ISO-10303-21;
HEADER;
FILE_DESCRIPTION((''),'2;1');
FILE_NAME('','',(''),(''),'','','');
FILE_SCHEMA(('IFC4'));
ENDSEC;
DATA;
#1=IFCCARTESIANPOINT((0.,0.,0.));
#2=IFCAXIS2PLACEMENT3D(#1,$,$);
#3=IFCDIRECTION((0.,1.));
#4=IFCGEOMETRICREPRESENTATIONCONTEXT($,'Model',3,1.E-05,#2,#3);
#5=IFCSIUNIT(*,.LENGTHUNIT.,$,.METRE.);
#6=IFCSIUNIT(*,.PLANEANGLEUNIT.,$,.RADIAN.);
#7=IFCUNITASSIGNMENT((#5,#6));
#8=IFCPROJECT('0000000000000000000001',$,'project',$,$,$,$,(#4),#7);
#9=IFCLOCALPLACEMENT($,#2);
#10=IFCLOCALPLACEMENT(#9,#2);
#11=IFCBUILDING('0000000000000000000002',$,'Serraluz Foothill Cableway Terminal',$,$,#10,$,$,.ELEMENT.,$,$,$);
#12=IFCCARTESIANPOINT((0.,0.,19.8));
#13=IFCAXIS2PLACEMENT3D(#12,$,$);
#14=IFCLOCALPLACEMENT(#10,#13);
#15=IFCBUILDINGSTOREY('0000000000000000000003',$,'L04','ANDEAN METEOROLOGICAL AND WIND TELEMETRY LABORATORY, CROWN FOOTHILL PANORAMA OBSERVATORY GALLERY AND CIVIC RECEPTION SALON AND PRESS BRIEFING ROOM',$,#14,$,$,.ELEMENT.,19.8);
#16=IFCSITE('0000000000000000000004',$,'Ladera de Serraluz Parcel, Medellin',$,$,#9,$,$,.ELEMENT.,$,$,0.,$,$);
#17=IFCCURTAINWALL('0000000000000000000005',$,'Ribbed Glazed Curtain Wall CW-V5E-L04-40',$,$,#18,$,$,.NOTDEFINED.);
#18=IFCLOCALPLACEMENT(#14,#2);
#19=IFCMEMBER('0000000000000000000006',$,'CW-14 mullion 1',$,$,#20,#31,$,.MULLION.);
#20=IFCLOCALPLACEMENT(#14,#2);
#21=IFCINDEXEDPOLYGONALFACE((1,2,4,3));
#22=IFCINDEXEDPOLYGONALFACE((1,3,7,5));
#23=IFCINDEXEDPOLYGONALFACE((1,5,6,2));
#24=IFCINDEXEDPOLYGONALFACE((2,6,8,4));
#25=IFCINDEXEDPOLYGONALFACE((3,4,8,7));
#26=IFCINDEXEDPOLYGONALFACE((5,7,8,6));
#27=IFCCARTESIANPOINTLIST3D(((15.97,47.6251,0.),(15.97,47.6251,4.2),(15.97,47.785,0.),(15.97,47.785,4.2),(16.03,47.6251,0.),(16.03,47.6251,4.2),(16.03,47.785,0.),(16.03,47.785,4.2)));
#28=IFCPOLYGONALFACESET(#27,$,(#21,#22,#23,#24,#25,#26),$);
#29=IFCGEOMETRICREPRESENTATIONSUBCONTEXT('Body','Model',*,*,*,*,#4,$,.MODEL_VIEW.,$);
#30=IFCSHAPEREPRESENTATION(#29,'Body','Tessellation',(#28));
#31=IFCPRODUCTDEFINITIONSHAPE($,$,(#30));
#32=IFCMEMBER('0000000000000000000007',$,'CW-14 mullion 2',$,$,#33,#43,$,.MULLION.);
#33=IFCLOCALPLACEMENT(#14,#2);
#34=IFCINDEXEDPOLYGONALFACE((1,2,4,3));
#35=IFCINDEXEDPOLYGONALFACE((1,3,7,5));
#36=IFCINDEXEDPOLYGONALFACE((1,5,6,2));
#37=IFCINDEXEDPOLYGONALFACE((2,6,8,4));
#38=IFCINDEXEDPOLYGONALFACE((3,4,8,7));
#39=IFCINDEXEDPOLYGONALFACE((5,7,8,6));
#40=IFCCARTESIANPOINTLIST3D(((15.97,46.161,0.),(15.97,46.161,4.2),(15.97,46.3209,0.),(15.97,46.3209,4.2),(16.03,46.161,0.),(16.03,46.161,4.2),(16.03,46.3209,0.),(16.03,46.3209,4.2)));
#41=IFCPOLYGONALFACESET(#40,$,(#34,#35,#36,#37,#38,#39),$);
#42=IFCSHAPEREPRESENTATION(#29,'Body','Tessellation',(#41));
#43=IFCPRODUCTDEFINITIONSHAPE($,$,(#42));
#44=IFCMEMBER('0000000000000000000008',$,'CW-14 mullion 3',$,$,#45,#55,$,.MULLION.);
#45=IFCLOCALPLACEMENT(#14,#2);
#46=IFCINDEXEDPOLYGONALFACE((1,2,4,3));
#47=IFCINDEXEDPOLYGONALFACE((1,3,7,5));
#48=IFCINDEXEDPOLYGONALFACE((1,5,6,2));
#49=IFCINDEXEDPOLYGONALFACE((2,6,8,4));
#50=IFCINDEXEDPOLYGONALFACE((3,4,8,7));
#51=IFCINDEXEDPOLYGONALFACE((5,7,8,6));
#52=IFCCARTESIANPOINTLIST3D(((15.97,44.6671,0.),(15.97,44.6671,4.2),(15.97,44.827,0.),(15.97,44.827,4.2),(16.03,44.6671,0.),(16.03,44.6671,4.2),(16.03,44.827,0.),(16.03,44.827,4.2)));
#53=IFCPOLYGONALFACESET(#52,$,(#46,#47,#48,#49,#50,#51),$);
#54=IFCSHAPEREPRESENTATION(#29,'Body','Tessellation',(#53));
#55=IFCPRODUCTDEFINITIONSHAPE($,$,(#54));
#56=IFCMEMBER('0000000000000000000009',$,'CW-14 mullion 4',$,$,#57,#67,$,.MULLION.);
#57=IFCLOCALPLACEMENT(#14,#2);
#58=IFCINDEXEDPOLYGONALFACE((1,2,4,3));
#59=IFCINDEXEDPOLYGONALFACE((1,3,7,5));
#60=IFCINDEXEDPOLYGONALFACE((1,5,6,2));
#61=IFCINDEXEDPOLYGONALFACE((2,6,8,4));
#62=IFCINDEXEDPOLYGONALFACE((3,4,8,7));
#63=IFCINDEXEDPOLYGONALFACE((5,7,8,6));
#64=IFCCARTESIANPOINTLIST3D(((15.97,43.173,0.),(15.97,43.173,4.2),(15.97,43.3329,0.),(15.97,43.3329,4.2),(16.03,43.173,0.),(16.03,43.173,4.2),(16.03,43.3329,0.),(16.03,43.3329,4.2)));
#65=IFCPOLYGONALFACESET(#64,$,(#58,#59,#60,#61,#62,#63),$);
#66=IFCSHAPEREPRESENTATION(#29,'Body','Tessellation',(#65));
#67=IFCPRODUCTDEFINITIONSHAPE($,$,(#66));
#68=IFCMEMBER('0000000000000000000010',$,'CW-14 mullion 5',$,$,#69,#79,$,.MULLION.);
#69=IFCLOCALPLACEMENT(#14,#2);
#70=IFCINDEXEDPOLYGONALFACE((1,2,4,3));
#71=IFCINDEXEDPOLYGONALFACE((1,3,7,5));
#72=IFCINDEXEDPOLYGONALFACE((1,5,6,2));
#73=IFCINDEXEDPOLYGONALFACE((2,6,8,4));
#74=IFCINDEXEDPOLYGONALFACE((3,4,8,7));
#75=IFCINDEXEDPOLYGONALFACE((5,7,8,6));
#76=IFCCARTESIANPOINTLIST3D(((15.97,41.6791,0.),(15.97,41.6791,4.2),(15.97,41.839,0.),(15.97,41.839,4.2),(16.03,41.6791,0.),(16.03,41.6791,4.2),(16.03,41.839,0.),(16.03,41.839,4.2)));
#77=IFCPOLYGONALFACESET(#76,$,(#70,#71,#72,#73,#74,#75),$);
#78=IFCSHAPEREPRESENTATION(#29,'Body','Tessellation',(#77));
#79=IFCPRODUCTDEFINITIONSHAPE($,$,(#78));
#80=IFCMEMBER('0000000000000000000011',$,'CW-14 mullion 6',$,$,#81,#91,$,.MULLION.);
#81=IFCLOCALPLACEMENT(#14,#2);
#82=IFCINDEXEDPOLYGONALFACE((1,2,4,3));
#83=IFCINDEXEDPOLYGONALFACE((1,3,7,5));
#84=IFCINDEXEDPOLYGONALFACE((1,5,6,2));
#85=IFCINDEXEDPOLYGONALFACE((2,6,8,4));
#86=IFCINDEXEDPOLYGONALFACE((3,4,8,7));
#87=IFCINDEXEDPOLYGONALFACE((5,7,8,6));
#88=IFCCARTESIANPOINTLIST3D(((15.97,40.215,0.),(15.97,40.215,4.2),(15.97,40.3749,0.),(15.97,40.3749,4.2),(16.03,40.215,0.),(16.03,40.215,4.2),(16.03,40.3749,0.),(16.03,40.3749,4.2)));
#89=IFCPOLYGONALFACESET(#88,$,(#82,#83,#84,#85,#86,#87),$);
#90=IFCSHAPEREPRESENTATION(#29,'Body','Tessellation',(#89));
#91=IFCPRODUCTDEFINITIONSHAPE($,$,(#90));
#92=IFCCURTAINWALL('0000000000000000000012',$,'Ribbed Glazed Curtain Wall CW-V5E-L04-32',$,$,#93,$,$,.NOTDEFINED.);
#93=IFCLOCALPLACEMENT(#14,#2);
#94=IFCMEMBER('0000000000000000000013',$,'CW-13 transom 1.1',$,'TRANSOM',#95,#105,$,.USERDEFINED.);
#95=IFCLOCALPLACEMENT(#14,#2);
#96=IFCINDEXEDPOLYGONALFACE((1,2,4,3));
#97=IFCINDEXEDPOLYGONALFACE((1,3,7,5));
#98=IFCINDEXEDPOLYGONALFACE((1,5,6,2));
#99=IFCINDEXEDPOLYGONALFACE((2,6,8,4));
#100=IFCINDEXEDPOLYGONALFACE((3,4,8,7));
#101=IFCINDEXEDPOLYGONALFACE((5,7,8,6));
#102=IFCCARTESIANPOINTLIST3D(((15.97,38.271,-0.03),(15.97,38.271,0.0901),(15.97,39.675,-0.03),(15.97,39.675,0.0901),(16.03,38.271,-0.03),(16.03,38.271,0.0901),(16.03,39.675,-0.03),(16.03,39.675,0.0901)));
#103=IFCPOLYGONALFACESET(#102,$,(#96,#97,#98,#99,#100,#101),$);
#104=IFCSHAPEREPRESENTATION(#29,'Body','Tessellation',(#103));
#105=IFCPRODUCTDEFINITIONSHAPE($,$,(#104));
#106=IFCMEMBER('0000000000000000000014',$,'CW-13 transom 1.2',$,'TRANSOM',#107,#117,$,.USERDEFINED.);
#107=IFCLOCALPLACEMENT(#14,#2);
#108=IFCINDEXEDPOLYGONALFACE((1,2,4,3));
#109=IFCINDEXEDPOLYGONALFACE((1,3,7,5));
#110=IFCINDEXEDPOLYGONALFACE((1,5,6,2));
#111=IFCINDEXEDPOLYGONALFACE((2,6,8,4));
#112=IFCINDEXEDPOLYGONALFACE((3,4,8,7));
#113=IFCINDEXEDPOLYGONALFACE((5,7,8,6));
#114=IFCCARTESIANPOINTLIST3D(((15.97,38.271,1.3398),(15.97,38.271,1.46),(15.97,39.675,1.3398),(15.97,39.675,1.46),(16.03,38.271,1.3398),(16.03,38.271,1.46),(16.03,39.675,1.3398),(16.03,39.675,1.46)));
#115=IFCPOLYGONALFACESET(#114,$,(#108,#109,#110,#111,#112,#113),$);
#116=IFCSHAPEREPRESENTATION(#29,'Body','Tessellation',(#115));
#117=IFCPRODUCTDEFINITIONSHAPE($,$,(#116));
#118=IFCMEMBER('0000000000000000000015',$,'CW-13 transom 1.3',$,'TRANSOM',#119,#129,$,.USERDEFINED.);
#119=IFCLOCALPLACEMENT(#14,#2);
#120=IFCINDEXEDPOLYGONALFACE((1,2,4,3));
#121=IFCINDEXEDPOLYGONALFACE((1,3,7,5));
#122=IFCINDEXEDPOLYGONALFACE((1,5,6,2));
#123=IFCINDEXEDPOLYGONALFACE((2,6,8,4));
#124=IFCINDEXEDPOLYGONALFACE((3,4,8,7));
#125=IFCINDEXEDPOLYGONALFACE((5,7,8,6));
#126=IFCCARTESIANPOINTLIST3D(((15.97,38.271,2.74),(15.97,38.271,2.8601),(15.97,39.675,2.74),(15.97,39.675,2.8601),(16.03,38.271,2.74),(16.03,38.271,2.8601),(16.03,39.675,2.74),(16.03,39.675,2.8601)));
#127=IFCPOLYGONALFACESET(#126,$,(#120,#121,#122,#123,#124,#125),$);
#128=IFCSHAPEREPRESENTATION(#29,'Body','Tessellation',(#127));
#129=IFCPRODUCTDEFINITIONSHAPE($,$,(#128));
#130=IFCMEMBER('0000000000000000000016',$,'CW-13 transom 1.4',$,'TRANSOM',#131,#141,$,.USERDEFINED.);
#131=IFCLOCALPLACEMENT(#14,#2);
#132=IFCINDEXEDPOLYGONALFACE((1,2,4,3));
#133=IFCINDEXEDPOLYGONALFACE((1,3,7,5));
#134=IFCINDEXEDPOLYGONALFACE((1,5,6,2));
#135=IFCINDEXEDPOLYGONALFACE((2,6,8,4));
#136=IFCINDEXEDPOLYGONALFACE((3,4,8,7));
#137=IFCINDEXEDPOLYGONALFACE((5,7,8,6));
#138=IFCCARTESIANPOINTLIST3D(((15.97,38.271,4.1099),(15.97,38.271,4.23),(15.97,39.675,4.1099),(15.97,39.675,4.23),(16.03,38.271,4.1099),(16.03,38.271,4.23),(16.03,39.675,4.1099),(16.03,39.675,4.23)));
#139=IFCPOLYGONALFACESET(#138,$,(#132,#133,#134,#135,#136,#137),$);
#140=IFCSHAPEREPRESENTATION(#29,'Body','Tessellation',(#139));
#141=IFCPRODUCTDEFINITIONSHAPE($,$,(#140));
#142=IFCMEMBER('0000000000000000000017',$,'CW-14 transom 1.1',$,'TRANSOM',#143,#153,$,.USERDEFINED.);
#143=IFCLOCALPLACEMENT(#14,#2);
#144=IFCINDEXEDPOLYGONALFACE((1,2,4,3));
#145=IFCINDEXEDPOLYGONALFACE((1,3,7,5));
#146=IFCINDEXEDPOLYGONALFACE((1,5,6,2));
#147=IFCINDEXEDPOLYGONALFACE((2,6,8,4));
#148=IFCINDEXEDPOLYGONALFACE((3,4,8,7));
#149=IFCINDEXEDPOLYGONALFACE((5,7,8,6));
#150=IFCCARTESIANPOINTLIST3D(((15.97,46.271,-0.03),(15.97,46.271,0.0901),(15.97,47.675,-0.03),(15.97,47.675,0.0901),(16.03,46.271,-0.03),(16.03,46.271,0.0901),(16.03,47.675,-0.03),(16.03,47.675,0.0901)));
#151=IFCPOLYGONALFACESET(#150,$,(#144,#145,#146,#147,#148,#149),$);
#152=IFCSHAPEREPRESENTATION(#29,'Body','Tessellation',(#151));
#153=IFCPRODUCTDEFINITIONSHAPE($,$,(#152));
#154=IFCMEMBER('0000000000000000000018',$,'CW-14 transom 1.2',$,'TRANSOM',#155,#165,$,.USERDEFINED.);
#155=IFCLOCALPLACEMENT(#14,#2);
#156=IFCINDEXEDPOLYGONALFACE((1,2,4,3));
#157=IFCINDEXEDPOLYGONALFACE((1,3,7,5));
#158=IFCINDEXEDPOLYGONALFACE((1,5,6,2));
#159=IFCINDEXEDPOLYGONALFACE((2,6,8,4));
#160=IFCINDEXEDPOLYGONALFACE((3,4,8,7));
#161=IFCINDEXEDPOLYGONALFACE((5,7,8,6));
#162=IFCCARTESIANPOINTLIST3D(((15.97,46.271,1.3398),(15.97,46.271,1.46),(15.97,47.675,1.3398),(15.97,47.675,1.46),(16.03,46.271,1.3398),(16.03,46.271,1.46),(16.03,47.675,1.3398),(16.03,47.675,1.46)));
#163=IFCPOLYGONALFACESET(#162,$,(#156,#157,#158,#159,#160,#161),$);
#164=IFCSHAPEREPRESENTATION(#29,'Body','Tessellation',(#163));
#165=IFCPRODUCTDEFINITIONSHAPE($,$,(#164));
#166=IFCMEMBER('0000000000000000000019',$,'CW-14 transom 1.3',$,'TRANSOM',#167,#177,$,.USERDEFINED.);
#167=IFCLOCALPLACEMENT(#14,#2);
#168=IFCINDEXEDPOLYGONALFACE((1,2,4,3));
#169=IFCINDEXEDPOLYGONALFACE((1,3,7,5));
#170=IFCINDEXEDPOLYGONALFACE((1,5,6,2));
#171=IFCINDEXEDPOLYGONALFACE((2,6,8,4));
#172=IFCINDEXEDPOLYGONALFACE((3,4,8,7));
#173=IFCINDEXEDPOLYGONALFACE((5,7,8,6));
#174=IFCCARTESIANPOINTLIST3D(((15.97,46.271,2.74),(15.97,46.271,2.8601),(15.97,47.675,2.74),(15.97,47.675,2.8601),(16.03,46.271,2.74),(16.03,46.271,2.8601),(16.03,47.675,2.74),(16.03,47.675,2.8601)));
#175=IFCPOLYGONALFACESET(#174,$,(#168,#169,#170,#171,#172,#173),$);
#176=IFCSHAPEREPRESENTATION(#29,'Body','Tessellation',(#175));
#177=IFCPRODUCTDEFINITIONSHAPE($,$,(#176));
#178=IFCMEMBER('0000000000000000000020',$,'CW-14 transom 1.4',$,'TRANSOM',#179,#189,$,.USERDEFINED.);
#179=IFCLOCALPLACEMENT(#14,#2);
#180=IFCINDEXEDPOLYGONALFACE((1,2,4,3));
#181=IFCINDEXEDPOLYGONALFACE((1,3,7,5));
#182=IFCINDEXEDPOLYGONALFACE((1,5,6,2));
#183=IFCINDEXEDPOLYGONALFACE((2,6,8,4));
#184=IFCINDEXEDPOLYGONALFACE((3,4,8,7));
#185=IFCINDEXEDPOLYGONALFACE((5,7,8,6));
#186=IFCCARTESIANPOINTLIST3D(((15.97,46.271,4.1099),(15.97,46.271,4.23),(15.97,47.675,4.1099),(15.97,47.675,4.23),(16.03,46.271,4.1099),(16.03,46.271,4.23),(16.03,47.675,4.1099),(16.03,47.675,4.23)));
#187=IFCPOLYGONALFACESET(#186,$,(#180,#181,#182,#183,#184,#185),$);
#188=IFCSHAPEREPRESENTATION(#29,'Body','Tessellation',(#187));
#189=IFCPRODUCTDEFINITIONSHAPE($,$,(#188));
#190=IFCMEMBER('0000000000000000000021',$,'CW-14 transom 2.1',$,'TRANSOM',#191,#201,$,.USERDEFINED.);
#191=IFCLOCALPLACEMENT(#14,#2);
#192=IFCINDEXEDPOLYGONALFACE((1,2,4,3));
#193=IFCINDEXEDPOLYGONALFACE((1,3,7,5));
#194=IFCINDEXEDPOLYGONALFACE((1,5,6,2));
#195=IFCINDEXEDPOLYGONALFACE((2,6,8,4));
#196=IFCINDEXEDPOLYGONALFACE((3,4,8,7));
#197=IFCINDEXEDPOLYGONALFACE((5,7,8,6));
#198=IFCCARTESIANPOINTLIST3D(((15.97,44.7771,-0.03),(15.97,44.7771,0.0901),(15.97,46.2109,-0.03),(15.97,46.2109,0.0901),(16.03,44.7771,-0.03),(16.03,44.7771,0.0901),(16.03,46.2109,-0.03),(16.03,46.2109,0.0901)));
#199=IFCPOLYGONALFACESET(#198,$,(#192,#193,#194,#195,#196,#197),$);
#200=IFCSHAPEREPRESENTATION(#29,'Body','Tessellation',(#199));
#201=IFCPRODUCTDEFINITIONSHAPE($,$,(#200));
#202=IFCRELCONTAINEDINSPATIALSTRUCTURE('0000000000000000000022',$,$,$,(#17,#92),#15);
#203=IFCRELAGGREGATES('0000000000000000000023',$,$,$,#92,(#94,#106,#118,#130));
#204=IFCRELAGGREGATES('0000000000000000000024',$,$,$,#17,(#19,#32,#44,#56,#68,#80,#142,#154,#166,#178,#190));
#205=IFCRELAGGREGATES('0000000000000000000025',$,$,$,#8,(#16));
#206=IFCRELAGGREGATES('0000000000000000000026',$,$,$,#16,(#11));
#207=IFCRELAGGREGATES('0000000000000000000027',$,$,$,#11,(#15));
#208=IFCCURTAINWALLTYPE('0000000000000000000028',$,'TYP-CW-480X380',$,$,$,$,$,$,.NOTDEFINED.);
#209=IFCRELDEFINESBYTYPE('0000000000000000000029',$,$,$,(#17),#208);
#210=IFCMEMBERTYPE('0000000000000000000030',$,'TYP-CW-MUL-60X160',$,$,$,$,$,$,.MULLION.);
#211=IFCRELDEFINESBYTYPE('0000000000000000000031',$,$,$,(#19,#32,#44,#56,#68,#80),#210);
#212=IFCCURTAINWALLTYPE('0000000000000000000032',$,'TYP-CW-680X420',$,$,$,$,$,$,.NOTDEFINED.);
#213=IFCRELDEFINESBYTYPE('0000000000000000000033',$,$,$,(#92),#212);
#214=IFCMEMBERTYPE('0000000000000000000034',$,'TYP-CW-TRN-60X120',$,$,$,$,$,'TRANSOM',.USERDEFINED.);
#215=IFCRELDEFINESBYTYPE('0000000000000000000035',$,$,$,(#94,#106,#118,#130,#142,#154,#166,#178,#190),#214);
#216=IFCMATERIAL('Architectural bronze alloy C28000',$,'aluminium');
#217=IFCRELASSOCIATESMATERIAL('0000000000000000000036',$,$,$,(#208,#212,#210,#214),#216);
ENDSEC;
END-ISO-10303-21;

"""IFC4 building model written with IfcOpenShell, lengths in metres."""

from ifc_helpers import new_model, si_unit, direction, frame, origin, origin_2d, place, context, subcontext, project, spatial, rectangle, extrude, material, material_profile, profile_set, type_object, element, aggregate, save


model = new_model("IFC4")

# Units and contexts
model_context = context("Model", 3, precision=1e-05, world=origin(), true_north=direction((0.0, 1.0)))
body_context = subcontext(model_context, "Body", "Model", "MODEL_VIEW")
ifc_project = project(units=[si_unit("LENGTHUNIT", "METRE"), si_unit("PLANEANGLEUNIT", "RADIAN")], contexts=[model_context])

# Site, building, storey
site_placement = place(None, origin())
site = spatial("IfcSite", under=ifc_project, at=site_placement, Name="Ladera de Serraluz Parcel, Medellin", CompositionType="ELEMENT", RefElevation=0.0)
building_placement = place(site_placement, origin())
building = spatial("IfcBuilding", under=site, at=building_placement, Name="Serraluz Foothill Cableway Terminal", CompositionType="ELEMENT")
storey_placement = place(building_placement, frame((0.0, 0.0, 19.8)))
storey = spatial("IfcBuildingStorey", under=building, at=storey_placement, Name="L04", Description="ANDEAN METEOROLOGICAL AND WIND TELEMETRY LABORATORY, CROWN FOOTHILL PANORAMA OBSERVATORY GALLERY AND CIVIC RECEPTION SALON AND PRESS BRIEFING ROOM", CompositionType="ELEMENT", Elevation=19.8)

# Curtain walls, members
ifc_material_1 = material(Name="Architectural bronze alloy C28000", Category="aluminium")
curtain_wall_type_1 = type_object("IfcCurtainWallType", Name="TYP-CW-480X380", PredefinedType="NOTDEFINED", material=ifc_material_1)
curtain_wall_1_placement = place(storey_placement, origin())
curtain_wall_1 = element("IfcCurtainWall", 1, at=curtain_wall_1_placement, inside=storey, type_object=curtain_wall_type_1, Name="Ribbed Glazed Curtain Wall CW-V5E-L04-40", PredefinedType="NOTDEFINED")
ifc_material_profile_1 = material_profile(ifc_material_1, rectangle(XDim=0.0601, YDim=0.1599, at=origin_2d()), Name="ALU MULLION 60x160")
ifc_profile_set_1 = profile_set([ifc_material_profile_1], Name="Architectural bronze alloy C28000")
member_type_1 = type_object("IfcMemberType", Name="TYP-CW-MUL-60X160", PredefinedType="MULLION", material=ifc_profile_set_1)
member_1_placement = place(storey_placement, frame((16.0, 47.7051, 0.0), z_axis=(0.0, 0.0, 1.0), x_axis=(1.0, 0.0, 0.0)))
member_1 = element("IfcMember", 2, at=member_1_placement, type_object=member_type_1, Name="CW-14 mullion 1", PredefinedType="MULLION", context=body_context, shape_type="SweptSolid", body=[
    extrude(rectangle(XDim=0.0601, YDim=0.1599, at=origin_2d()), origin(), (0.0, 0.0, 1.0), 4.2),
])
member_2_placement = place(storey_placement, frame((16.0, 46.241, 0.0), z_axis=(0.0, 0.0, 1.0), x_axis=(1.0, 0.0, 0.0)))
member_2 = element("IfcMember", 3, at=member_2_placement, type_object=member_type_1, Name="CW-14 mullion 2", PredefinedType="MULLION", context=body_context, shape_type="SweptSolid", body=[
    extrude(rectangle(XDim=0.0601, YDim=0.1599, at=origin_2d()), origin(), (0.0, 0.0, 1.0), 4.2),
])
member_3_placement = place(storey_placement, frame((16.0, 44.7471, 0.0), z_axis=(0.0, 0.0, 1.0), x_axis=(1.0, 0.0, 0.0)))
member_3 = element("IfcMember", 4, at=member_3_placement, type_object=member_type_1, Name="CW-14 mullion 3", PredefinedType="MULLION", context=body_context, shape_type="SweptSolid", body=[
    extrude(rectangle(XDim=0.0601, YDim=0.1599, at=origin_2d()), origin(), (0.0, 0.0, 1.0), 4.2),
])
member_4_placement = place(storey_placement, frame((16.0, 43.2529, 0.0), z_axis=(0.0, 0.0, 1.0), x_axis=(1.0, 0.0, 0.0)))
member_4 = element("IfcMember", 5, at=member_4_placement, type_object=member_type_1, Name="CW-14 mullion 4", PredefinedType="MULLION", context=body_context, shape_type="SweptSolid", body=[
    extrude(rectangle(XDim=0.0601, YDim=0.1599, at=origin_2d()), origin(), (0.0, 0.0, 1.0), 4.2),
])
member_5_placement = place(storey_placement, frame((16.0, 41.759, 0.0), z_axis=(0.0, 0.0, 1.0), x_axis=(1.0, 0.0, 0.0)))
member_5 = element("IfcMember", 6, at=member_5_placement, type_object=member_type_1, Name="CW-14 mullion 5", PredefinedType="MULLION", context=body_context, shape_type="SweptSolid", body=[
    extrude(rectangle(XDim=0.0601, YDim=0.1599, at=origin_2d()), origin(), (0.0, 0.0, 1.0), 4.2),
])
member_6_placement = place(storey_placement, frame((16.0, 40.2949, 0.0), z_axis=(0.0, 0.0, 1.0), x_axis=(1.0, 0.0, 0.0)))
member_6 = element("IfcMember", 7, at=member_6_placement, type_object=member_type_1, Name="CW-14 mullion 6", PredefinedType="MULLION", context=body_context, shape_type="SweptSolid", body=[
    extrude(rectangle(XDim=0.0601, YDim=0.1599, at=origin_2d()), origin(), (0.0, 0.0, 1.0), 4.2),
])
curtain_wall_type_2 = type_object("IfcCurtainWallType", Name="TYP-CW-680X420", PredefinedType="NOTDEFINED", material=ifc_material_1)
curtain_wall_2_placement = place(storey_placement, origin())
curtain_wall_2 = element("IfcCurtainWall", 8, at=curtain_wall_2_placement, inside=storey, type_object=curtain_wall_type_2, Name="Ribbed Glazed Curtain Wall CW-V5E-L04-32", PredefinedType="NOTDEFINED")
ifc_material_profile_2 = material_profile(ifc_material_1, rectangle(XDim=0.0601, YDim=0.1201, at=origin_2d()), Name="ALU TRANSOM 60x120")
ifc_profile_set_2 = profile_set([ifc_material_profile_2], Name="Architectural bronze alloy C28000")
member_type_2 = type_object("IfcMemberType", Name="TYP-CW-TRN-60X120", ElementType="TRANSOM", PredefinedType="USERDEFINED", material=ifc_profile_set_2)
member_7_placement = place(storey_placement, frame((16.0, 39.675, 0.03), z_axis=(0.0, -1.0, 0.0), x_axis=(1.0, 0.0, 0.0)))
member_7 = element("IfcMember", 9, at=member_7_placement, type_object=member_type_2, Name="CW-13 transom 1.1", ObjectType="TRANSOM", PredefinedType="USERDEFINED", context=body_context, shape_type="SweptSolid", body=[
    extrude(rectangle(XDim=0.0601, YDim=0.1201, at=origin_2d()), origin(), (0.0, 0.0, 1.0), 1.4041),
])
member_8_placement = place(storey_placement, frame((16.0, 39.675, 1.3999), z_axis=(0.0, -1.0, 0.0), x_axis=(1.0, 0.0, 0.0)))
member_8 = element("IfcMember", 10, at=member_8_placement, type_object=member_type_2, Name="CW-13 transom 1.2", ObjectType="TRANSOM", PredefinedType="USERDEFINED", context=body_context, shape_type="SweptSolid", body=[
    extrude(rectangle(XDim=0.0601, YDim=0.1201, at=origin_2d()), origin(), (0.0, 0.0, 1.0), 1.4041),
])
member_9_placement = place(storey_placement, frame((16.0, 39.675, 2.8), z_axis=(0.0, -1.0, 0.0), x_axis=(1.0, 0.0, 0.0)))
member_9 = element("IfcMember", 11, at=member_9_placement, type_object=member_type_2, Name="CW-13 transom 1.3", ObjectType="TRANSOM", PredefinedType="USERDEFINED", context=body_context, shape_type="SweptSolid", body=[
    extrude(rectangle(XDim=0.0601, YDim=0.1201, at=origin_2d()), origin(), (0.0, 0.0, 1.0), 1.4041),
])
member_10_placement = place(storey_placement, frame((16.0, 39.675, 4.1699), z_axis=(0.0, -1.0, 0.0), x_axis=(1.0, 0.0, 0.0)))
member_10 = element("IfcMember", 12, at=member_10_placement, type_object=member_type_2, Name="CW-13 transom 1.4", ObjectType="TRANSOM", PredefinedType="USERDEFINED", context=body_context, shape_type="SweptSolid", body=[
    extrude(rectangle(XDim=0.0601, YDim=0.1201, at=origin_2d()), origin(), (0.0, 0.0, 1.0), 1.4041),
])

# Members
member_11_placement = place(storey_placement, frame((16.0, 47.675, 0.03), z_axis=(0.0, -1.0, 0.0), x_axis=(1.0, 0.0, 0.0)))
member_11 = element("IfcMember", 13, at=member_11_placement, type_object=member_type_2, Name="CW-14 transom 1.1", ObjectType="TRANSOM", PredefinedType="USERDEFINED", context=body_context, shape_type="SweptSolid", body=[
    extrude(rectangle(XDim=0.0601, YDim=0.1201, at=origin_2d()), origin(), (0.0, 0.0, 1.0), 1.4041),
])
member_12_placement = place(storey_placement, frame((16.0, 47.675, 1.3999), z_axis=(0.0, -1.0, 0.0), x_axis=(1.0, 0.0, 0.0)))
member_12 = element("IfcMember", 14, at=member_12_placement, type_object=member_type_2, Name="CW-14 transom 1.2", ObjectType="TRANSOM", PredefinedType="USERDEFINED", context=body_context, shape_type="SweptSolid", body=[
    extrude(rectangle(XDim=0.0601, YDim=0.1201, at=origin_2d()), origin(), (0.0, 0.0, 1.0), 1.4041),
])
member_13_placement = place(storey_placement, frame((16.0, 47.675, 2.8), z_axis=(0.0, -1.0, 0.0), x_axis=(1.0, 0.0, 0.0)))
member_13 = element("IfcMember", 15, at=member_13_placement, type_object=member_type_2, Name="CW-14 transom 1.3", ObjectType="TRANSOM", PredefinedType="USERDEFINED", context=body_context, shape_type="SweptSolid", body=[
    extrude(rectangle(XDim=0.0601, YDim=0.1201, at=origin_2d()), origin(), (0.0, 0.0, 1.0), 1.4041),
])
member_14_placement = place(storey_placement, frame((16.0, 47.675, 4.1699), z_axis=(0.0, -1.0, 0.0), x_axis=(1.0, 0.0, 0.0)))
member_14 = element("IfcMember", 16, at=member_14_placement, type_object=member_type_2, Name="CW-14 transom 1.4", ObjectType="TRANSOM", PredefinedType="USERDEFINED", context=body_context, shape_type="SweptSolid", body=[
    extrude(rectangle(XDim=0.0601, YDim=0.1201, at=origin_2d()), origin(), (0.0, 0.0, 1.0), 1.4041),
])
member_15_placement = place(storey_placement, frame((16.0, 46.2109, 0.03), z_axis=(0.0, -1.0, 0.0), x_axis=(1.0, 0.0, 0.0)))
member_15 = element("IfcMember", 17, at=member_15_placement, type_object=member_type_2, Name="CW-14 transom 2.1", ObjectType="TRANSOM", PredefinedType="USERDEFINED", context=body_context, shape_type="SweptSolid", body=[
    extrude(rectangle(XDim=0.0601, YDim=0.1201, at=origin_2d()), origin(), (0.0, 0.0, 1.0), 1.4338),
])

aggregate(curtain_wall_2, [member_7, member_8, member_9, member_10])
aggregate(curtain_wall_1, [member_1, member_2, member_3, member_4, member_5, member_6, member_11, member_12, member_13, member_14, member_15])

save(model, "model.ifc")
